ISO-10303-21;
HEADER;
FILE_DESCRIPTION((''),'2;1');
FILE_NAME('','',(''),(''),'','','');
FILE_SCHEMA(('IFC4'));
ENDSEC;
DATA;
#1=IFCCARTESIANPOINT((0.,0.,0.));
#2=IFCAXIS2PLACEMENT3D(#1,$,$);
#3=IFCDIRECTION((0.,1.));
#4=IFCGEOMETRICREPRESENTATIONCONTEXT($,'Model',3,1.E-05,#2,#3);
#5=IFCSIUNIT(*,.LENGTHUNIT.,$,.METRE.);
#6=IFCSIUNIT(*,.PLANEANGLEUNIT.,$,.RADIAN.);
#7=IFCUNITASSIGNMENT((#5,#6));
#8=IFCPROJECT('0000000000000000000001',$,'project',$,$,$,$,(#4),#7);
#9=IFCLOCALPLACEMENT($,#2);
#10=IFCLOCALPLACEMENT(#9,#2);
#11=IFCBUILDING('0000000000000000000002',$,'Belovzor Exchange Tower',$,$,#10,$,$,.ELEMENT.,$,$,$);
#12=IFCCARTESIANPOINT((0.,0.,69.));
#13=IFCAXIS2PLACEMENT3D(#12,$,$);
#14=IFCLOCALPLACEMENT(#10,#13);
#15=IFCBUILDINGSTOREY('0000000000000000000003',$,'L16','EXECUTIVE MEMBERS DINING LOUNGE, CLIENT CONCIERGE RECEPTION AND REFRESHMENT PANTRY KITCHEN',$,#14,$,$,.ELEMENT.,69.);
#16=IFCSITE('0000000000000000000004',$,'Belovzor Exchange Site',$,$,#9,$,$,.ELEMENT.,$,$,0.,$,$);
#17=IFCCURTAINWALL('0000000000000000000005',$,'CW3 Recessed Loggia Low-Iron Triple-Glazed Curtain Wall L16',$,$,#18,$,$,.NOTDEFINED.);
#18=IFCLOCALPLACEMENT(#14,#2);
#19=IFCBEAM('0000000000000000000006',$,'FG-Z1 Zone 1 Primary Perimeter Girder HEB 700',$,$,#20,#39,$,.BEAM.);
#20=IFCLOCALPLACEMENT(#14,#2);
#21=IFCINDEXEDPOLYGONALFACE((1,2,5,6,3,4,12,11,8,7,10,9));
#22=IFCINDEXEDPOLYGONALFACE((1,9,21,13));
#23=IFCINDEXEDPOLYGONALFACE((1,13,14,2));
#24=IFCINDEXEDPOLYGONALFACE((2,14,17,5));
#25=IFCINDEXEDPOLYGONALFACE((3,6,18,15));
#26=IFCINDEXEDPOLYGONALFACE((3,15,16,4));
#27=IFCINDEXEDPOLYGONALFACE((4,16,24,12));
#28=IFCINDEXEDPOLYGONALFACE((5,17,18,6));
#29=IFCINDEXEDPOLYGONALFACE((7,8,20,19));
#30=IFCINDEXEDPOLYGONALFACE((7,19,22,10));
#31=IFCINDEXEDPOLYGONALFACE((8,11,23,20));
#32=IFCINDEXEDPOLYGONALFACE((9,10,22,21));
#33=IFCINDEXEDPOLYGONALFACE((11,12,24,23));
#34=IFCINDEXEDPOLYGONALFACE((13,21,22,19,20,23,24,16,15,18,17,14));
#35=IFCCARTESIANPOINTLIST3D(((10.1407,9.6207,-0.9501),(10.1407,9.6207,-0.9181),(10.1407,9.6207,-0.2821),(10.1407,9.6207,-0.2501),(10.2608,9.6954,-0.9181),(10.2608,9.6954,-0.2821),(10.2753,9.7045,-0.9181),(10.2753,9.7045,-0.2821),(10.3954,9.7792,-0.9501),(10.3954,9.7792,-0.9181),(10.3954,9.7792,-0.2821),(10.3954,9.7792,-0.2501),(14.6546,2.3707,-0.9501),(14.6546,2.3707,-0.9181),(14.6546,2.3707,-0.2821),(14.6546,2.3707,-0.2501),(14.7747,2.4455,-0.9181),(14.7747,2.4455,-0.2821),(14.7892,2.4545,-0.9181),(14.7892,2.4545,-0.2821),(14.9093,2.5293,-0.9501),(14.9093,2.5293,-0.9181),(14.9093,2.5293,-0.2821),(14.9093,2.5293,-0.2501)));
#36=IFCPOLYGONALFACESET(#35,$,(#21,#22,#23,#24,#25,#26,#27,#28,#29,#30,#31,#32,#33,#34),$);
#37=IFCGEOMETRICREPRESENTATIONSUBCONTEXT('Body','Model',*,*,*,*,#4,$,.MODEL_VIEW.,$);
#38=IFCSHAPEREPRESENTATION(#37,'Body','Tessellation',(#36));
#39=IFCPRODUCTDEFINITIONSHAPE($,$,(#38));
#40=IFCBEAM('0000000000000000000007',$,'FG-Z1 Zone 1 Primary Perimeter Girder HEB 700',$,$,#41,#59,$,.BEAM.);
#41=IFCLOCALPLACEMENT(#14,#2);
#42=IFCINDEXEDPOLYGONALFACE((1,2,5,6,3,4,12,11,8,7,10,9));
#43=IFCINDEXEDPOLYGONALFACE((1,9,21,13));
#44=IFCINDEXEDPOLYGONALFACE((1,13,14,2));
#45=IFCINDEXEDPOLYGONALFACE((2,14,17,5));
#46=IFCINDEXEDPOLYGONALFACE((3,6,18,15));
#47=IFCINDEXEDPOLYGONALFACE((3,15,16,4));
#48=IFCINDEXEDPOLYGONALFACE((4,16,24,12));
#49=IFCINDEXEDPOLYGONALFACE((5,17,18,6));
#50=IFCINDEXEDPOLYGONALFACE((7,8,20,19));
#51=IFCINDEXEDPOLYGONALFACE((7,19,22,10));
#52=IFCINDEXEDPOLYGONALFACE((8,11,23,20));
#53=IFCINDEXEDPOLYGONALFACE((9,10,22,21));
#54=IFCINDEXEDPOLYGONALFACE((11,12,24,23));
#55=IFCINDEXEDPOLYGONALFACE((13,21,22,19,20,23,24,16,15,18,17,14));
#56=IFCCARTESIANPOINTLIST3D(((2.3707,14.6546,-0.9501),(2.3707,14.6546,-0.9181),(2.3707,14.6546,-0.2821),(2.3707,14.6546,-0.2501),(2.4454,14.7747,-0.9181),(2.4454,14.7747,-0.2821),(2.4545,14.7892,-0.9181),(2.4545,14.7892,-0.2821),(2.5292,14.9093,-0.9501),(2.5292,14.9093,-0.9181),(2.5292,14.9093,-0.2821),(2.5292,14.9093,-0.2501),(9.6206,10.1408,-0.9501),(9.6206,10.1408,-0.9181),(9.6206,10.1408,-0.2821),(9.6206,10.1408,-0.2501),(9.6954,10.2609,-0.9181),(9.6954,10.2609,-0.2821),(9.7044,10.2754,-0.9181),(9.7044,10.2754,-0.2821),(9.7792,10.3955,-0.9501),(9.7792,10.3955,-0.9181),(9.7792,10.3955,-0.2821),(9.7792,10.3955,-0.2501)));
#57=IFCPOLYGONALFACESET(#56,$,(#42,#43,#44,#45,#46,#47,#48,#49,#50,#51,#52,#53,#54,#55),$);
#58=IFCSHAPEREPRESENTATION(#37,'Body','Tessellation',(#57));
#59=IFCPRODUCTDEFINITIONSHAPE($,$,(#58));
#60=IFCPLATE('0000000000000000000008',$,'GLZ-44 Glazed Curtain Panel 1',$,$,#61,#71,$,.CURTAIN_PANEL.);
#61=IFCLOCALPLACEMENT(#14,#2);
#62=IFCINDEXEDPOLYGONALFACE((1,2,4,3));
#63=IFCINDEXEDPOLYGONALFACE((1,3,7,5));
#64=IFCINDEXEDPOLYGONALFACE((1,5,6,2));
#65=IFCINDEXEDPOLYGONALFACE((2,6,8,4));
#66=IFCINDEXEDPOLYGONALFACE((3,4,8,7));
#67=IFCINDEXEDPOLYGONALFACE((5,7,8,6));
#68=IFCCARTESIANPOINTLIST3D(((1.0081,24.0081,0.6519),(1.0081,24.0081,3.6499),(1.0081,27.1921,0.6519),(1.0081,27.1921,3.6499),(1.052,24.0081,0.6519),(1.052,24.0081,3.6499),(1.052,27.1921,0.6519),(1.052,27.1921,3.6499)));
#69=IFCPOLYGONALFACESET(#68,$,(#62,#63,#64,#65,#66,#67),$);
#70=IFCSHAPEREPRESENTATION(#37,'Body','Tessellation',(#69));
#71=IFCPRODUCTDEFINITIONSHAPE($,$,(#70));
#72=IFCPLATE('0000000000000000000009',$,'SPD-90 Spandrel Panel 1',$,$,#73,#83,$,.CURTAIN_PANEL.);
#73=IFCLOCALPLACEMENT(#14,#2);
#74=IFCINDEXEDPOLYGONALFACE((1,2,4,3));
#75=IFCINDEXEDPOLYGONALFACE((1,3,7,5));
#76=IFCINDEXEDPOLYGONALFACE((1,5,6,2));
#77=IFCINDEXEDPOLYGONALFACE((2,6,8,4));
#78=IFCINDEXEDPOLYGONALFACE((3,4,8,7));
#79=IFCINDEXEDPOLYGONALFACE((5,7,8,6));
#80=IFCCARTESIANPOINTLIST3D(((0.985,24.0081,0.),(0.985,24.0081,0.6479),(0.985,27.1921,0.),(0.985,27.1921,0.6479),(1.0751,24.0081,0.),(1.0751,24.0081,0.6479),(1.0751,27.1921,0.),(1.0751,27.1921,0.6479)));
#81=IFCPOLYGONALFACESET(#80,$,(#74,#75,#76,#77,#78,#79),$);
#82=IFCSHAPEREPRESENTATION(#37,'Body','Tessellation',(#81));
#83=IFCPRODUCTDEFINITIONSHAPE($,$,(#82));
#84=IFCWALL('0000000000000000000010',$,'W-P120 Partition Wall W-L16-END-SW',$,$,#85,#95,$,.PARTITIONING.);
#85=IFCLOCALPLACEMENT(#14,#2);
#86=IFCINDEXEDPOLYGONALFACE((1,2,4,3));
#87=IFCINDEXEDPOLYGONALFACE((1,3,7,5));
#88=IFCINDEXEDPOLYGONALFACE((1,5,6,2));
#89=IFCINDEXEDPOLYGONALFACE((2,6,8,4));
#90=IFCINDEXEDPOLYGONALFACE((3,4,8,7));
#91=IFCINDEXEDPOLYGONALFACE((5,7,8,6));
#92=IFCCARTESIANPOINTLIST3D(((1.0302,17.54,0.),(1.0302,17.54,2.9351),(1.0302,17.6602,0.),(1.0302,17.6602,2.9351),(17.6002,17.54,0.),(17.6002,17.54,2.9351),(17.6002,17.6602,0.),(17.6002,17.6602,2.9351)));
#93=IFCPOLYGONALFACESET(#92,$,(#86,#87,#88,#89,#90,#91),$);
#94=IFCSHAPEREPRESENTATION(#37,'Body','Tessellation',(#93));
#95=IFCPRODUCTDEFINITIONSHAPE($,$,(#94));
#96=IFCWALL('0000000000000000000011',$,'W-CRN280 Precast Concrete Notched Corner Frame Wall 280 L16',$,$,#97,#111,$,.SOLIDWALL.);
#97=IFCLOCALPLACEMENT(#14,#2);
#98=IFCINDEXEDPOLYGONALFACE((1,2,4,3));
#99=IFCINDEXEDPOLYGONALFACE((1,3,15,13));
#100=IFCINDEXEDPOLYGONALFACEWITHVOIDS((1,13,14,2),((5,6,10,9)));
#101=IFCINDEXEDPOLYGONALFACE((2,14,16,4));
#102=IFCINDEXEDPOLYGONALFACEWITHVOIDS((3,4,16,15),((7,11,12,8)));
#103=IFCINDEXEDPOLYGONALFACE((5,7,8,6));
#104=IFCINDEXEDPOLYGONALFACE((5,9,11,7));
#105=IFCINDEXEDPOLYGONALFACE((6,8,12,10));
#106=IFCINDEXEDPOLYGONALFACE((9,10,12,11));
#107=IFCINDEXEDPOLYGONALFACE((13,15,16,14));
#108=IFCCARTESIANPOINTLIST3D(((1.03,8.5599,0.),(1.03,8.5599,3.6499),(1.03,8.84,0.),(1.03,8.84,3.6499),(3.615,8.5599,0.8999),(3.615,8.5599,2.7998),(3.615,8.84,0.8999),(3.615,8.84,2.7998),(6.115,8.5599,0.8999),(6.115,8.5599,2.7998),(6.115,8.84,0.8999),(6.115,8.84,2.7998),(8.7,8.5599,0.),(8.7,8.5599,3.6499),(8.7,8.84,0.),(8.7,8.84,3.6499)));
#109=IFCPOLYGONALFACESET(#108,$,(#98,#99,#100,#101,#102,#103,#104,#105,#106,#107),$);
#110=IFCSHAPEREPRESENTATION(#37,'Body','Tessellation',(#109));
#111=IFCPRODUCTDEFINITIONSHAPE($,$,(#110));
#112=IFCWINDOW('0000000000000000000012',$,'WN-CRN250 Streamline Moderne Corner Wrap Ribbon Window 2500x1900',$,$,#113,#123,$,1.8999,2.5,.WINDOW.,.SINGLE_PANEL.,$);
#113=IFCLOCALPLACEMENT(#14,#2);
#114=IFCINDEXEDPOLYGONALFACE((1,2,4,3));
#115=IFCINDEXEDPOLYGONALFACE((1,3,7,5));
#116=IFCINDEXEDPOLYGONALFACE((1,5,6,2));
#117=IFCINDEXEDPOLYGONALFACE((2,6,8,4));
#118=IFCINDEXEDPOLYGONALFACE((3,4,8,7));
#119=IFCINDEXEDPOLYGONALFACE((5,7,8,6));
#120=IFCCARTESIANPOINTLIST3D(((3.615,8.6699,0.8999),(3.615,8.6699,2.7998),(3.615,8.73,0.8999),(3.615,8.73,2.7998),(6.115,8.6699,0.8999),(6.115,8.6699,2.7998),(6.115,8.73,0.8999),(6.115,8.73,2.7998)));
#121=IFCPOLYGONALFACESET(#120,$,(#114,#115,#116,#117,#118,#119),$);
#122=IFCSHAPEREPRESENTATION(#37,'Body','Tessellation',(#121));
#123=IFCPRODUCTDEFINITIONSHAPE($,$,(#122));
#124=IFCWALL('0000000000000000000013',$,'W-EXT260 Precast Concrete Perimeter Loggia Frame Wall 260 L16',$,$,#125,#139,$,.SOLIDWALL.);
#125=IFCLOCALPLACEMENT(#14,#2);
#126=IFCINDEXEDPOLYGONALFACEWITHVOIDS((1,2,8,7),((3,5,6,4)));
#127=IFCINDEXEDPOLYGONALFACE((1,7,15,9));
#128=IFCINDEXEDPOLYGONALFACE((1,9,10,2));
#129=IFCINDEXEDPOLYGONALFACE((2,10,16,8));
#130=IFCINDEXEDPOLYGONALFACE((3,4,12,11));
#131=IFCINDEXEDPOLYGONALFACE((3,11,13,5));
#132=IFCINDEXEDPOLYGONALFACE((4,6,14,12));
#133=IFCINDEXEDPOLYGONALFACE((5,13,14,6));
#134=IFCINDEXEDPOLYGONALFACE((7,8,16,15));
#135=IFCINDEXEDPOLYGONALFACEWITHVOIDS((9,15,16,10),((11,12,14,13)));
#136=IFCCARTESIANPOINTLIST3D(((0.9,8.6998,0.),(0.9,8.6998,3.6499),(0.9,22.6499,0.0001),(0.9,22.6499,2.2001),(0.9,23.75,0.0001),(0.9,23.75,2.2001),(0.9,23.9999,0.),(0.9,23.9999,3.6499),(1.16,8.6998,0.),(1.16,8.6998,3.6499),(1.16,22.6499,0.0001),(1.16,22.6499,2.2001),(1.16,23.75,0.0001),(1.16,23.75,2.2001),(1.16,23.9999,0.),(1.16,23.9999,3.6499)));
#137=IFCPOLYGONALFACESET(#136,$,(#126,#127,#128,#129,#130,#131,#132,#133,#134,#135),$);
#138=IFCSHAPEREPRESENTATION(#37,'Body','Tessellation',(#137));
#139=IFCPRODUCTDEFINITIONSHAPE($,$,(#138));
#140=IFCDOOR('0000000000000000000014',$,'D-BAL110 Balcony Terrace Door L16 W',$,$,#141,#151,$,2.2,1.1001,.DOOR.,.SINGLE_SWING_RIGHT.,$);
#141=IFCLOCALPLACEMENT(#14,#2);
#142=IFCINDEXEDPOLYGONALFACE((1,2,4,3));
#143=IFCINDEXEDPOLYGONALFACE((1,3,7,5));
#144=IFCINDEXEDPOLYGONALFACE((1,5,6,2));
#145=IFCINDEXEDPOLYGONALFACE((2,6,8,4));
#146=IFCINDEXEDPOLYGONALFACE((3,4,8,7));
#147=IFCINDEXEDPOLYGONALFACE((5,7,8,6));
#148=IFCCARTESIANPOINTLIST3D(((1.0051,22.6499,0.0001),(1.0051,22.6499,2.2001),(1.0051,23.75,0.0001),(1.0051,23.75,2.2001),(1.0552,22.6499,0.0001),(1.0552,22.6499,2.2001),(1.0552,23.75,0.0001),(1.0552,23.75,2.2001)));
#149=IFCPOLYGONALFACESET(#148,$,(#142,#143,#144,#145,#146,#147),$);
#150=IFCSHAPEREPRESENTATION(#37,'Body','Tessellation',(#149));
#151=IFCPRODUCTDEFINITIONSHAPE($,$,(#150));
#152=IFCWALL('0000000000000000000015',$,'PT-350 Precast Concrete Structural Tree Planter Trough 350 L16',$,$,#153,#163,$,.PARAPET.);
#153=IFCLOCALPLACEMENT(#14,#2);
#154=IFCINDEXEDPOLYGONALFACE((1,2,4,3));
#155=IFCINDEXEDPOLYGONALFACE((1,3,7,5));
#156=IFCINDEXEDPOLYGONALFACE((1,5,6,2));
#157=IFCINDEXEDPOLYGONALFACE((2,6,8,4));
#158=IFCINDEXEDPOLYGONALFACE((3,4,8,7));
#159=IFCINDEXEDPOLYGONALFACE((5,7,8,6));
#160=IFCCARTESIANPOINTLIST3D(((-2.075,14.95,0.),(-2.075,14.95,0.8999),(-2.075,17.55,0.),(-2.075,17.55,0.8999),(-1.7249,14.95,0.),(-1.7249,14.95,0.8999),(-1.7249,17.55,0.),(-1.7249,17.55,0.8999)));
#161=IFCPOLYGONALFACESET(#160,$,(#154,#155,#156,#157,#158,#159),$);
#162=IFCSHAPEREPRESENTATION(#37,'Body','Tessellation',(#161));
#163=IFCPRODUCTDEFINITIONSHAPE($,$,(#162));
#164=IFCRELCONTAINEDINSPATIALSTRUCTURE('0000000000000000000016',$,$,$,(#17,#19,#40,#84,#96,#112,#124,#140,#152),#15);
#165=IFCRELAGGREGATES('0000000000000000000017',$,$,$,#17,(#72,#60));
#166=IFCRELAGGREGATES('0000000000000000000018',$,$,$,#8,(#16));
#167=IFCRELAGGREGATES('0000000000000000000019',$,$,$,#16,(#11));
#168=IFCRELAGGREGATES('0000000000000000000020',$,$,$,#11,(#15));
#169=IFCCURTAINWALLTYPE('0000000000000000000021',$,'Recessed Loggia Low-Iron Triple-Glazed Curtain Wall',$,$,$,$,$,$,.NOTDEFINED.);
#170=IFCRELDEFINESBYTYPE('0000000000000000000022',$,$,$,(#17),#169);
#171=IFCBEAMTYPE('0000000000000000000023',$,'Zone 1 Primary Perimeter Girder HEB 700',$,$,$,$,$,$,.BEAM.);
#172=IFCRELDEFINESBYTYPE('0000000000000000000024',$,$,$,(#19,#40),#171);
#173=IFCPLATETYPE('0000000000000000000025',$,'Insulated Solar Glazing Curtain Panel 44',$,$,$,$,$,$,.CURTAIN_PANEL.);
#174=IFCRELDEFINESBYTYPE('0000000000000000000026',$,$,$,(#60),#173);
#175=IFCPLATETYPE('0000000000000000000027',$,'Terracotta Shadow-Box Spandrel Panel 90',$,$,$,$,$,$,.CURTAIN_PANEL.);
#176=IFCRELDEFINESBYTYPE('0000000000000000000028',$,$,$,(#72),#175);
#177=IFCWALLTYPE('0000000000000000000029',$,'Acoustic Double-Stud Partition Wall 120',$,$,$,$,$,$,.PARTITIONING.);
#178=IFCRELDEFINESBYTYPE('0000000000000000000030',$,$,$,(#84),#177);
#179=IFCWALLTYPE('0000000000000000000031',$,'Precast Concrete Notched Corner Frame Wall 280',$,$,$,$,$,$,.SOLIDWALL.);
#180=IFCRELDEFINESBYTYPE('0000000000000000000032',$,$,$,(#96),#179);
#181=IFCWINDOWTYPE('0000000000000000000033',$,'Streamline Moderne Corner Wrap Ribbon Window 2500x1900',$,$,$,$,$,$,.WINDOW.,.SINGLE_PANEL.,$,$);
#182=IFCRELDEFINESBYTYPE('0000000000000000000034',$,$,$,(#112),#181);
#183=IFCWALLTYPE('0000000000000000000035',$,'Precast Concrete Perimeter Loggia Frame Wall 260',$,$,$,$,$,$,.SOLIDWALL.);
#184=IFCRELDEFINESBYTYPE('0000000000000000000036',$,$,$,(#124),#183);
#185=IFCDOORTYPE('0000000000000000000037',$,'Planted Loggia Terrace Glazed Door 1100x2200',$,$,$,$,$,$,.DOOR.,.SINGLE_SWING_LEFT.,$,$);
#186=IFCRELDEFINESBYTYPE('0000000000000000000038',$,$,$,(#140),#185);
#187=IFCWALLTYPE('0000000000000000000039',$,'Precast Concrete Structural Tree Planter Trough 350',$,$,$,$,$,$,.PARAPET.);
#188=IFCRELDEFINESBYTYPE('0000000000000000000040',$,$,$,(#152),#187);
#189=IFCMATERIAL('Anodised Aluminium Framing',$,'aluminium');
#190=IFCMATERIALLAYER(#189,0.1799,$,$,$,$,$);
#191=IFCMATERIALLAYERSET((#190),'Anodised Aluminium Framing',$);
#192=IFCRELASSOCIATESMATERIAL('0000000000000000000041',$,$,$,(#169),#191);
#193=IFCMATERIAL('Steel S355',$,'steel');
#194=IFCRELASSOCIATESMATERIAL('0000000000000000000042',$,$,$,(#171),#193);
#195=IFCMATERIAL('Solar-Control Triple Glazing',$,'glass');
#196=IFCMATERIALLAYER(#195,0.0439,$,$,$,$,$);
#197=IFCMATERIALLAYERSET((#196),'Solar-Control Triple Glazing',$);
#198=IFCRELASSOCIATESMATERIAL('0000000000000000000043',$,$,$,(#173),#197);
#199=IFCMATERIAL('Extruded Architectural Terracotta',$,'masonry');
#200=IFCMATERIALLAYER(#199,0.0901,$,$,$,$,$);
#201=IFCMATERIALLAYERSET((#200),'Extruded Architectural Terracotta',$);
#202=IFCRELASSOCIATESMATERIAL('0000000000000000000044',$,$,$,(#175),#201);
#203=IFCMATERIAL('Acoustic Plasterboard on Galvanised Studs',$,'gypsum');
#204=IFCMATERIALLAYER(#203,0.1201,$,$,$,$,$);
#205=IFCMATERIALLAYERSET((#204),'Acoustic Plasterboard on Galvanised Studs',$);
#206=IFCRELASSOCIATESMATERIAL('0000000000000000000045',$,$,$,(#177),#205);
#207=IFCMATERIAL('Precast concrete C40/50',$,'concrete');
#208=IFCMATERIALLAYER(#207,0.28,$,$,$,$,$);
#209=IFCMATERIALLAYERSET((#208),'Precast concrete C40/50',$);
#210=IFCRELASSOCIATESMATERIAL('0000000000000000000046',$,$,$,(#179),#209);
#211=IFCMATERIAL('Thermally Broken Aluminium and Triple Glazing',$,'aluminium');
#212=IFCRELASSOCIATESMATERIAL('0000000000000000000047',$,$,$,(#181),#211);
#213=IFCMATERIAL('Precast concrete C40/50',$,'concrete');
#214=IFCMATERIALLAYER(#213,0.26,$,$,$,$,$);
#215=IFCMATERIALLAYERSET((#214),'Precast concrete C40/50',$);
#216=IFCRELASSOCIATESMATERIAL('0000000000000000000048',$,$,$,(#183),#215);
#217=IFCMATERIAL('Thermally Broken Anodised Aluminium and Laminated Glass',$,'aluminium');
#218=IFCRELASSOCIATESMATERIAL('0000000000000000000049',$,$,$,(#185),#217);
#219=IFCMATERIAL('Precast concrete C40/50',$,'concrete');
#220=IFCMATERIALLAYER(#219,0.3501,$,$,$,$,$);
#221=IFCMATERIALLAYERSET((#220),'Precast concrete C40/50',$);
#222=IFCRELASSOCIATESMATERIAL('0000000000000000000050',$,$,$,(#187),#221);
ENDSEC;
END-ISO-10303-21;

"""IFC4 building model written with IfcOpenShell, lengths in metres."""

from ifc_helpers import new_model, si_unit, direction, frame, frame_2d, origin, origin_2d, place, context, subcontext, project, spatial, rectangle, i_section, extrude, material, layer, layer_set, material_profile, profile_set, type_object, element, fill, aggregate, save


model = new_model("IFC4")

# Units and contexts
model_context = context("Model", 3, precision=1e-05, world=origin(), true_north=direction((0.0, 1.0)))
body_context = subcontext(model_context, "Body", "Model", "MODEL_VIEW")
ifc_project = project(units=[si_unit("LENGTHUNIT", "METRE"), si_unit("PLANEANGLEUNIT", "RADIAN")], contexts=[model_context])

# Site, building, storey
site_placement = place(None, origin())
site = spatial("IfcSite", under=ifc_project, at=site_placement, Name="Belovzor Exchange Site", CompositionType="ELEMENT", RefElevation=0.0)
building_placement = place(site_placement, origin())
building = spatial("IfcBuilding", under=site, at=building_placement, Name="Belovzor Exchange Tower", CompositionType="ELEMENT")
storey_placement = place(building_placement, frame((0.0, 0.0, 69.0)))
storey = spatial("IfcBuildingStorey", under=building, at=storey_placement, Name="L16", Description="EXECUTIVE MEMBERS DINING LOUNGE, CLIENT CONCIERGE RECEPTION AND REFRESHMENT PANTRY KITCHEN", CompositionType="ELEMENT", Elevation=69.0)

# Curtain wall
ifc_material_1 = material(Name="Anodised Aluminium Framing", Category="aluminium")
ifc_layer_1 = layer(ifc_material_1, 0.1799)
ifc_layer_set_1 = layer_set([ifc_layer_1], Name="Anodised Aluminium Framing")
curtain_wall_type = type_object("IfcCurtainWallType", Name="Recessed Loggia Low-Iron Triple-Glazed Curtain Wall", PredefinedType="NOTDEFINED", material=ifc_layer_set_1)
curtain_wall_placement = place(storey_placement, origin())
curtain_wall = element("IfcCurtainWall", 1, at=curtain_wall_placement, inside=storey, type_object=curtain_wall_type, Name="CW3 Recessed Loggia Low-Iron Triple-Glazed Curtain Wall L16", PredefinedType="NOTDEFINED")

# Beams
ifc_material_2 = material(Name="Steel S355", Category="steel")
ifc_material_profile_1 = material_profile(ifc_material_2, i_section(OverallWidth=0.3, OverallDepth=0.7, WebThickness=0.0171, FlangeThickness=0.032, at=origin_2d()))
ifc_profile_set_1 = profile_set([ifc_material_profile_1], Name="Steel S355")
beam_type_1 = type_object("IfcBeamType", Name="Zone 1 Primary Perimeter Girder HEB 700", PredefinedType="BEAM", material=ifc_profile_set_1)
for number, where, z_axis, x_axis, name in (
    (2, (10.2681, 9.7, -0.6001), (0.528539, -0.848909, 0.0), (0.848909, 0.528539, 0.0), "FG-Z1 Zone 1 Primary Perimeter Girder HEB 700"),
    (3, (2.45, 14.782, -0.6001), (0.848909, -0.528539, 0.0), (0.528539, 0.848909, 0.0), "FG-Z1 Zone 1 Primary Perimeter Girder HEB 700"),
):
    element("IfcBeam", number, at=place(storey_placement, frame(where, z_axis=z_axis, x_axis=x_axis)), inside=storey, type_object=beam_type_1, Name=name, PredefinedType="BEAM", context=body_context, shape_type="SweptSolid", body=[
        extrude(i_section(OverallWidth=0.3, OverallDepth=0.7, WebThickness=0.0171, FlangeThickness=0.032, at=origin_2d()), origin(), (0.0, 0.0, 1.0), 8.5403),
    ])

# Plates
ifc_material_3 = material(Name="Solar-Control Triple Glazing", Category="glass")
ifc_layer_2 = layer(ifc_material_3, 0.0439)
ifc_layer_set_2 = layer_set([ifc_layer_2], Name="Solar-Control Triple Glazing")
plate_type_1 = type_object("IfcPlateType", Name="Insulated Solar Glazing Curtain Panel 44", PredefinedType="CURTAIN_PANEL", material=ifc_layer_set_2)
plate_1_placement = place(storey_placement, frame((1.03, 25.6001, 0.6519), z_axis=(0.0, 0.0, 1.0), x_axis=(0.0, 1.0, 0.0)))
plate_1 = element("IfcPlate", 4, at=plate_1_placement, type_object=plate_type_1, Name="GLZ-44 Glazed Curtain Panel 1", PredefinedType="CURTAIN_PANEL", context=body_context, shape_type="SweptSolid", body=[
    extrude(rectangle(XDim=3.1841, YDim=0.0439, at=origin_2d()), origin(), (0.0, 0.0, 1.0), 2.998),
])
ifc_material_4 = material(Name="Extruded Architectural Terracotta", Category="masonry")
ifc_layer_3 = layer(ifc_material_4, 0.0901)
ifc_layer_set_3 = layer_set([ifc_layer_3], Name="Extruded Architectural Terracotta")
plate_type_2 = type_object("IfcPlateType", Name="Terracotta Shadow-Box Spandrel Panel 90", PredefinedType="CURTAIN_PANEL", material=ifc_layer_set_3)
plate_2_placement = place(storey_placement, frame((1.03, 25.6001, 0.0), z_axis=(0.0, 0.0, 1.0), x_axis=(0.0, 1.0, 0.0)))
plate_2 = element("IfcPlate", 5, at=plate_2_placement, type_object=plate_type_2, Name="SPD-90 Spandrel Panel 1", PredefinedType="CURTAIN_PANEL", context=body_context, shape_type="SweptSolid", body=[
    extrude(rectangle(XDim=3.1841, YDim=0.0901, at=origin_2d()), origin(), (0.0, 0.0, 1.0), 0.6479),
])
aggregate(curtain_wall, [plate_2, plate_1])

# Wall
ifc_material_5 = material(Name="Acoustic Plasterboard on Galvanised Studs", Category="gypsum")
ifc_layer_4 = layer(ifc_material_5, 0.1201)
ifc_layer_set_4 = layer_set([ifc_layer_4], Name="Acoustic Plasterboard on Galvanised Studs")
wall_type_1 = type_object("IfcWallType", Name="Acoustic Double-Stud Partition Wall 120", PredefinedType="PARTITIONING", material=ifc_layer_set_4)
wall_1_placement = place(storey_placement, frame((1.03, 17.6001, 0.0), z_axis=(0.0, 0.0, 1.0), x_axis=(1.0, 0.0, 0.0)))
element("IfcWall", 6, at=wall_1_placement, inside=storey, type_object=wall_type_1, Name="W-P120 Partition Wall W-L16-END-SW", PredefinedType="PARTITIONING", context=body_context, shape_type="SweptSolid", body=[
    extrude(rectangle(XDim=16.5701, YDim=0.1201, at=frame_2d((8.2852, 0.0))), origin(), (0.0, 0.0, 1.0), 2.9351),
])

# Wall, opening, window
ifc_material_6 = material(Name="Precast concrete C40/50", Category="concrete")
ifc_layer_5 = layer(ifc_material_6, 0.28)
ifc_layer_set_5 = layer_set([ifc_layer_5], Name="Precast concrete C40/50")
wall_type_2 = type_object("IfcWallType", Name="Precast Concrete Notched Corner Frame Wall 280", PredefinedType="SOLIDWALL", material=ifc_layer_set_5)
wall_2_placement = place(storey_placement, frame((8.7, 8.7, 0.0), z_axis=(0.0, 0.0, 1.0), x_axis=(-1.0, 0.0, 0.0)))
wall_2 = element("IfcWall", 7, at=wall_2_placement, inside=storey, type_object=wall_type_2, Name="W-CRN280 Precast Concrete Notched Corner Frame Wall 280 L16", PredefinedType="SOLIDWALL", context=body_context, shape_type="SweptSolid", body=[
    extrude(rectangle(XDim=7.6699, YDim=0.28, at=frame_2d((3.835, 0.0))), origin(), (0.0, 0.0, 1.0), 3.6499),
])
opening_1_placement = place(wall_2_placement, frame((2.585, 0.0, 0.8999)))
opening_1 = element("IfcOpeningElement", 8, at=opening_1_placement, cuts=wall_2, PredefinedType="OPENING", context=body_context, shape_type="SweptSolid", body=[
    extrude(rectangle(XDim=2.5, YDim=1.8999, at=frame_2d((1.25, 0.95))), frame((0.0, 0.1499, 0.0), z_axis=(0.0, -1.0, 0.0), x_axis=(1.0, 0.0, 0.0)), (0.0, 0.0, 1.0), 0.3),
])
ifc_material_7 = material(Name="Thermally Broken Aluminium and Triple Glazing", Category="aluminium")
window_type = type_object("IfcWindowType", Name="Streamline Moderne Corner Wrap Ribbon Window 2500x1900", PartitioningType="SINGLE_PANEL", PredefinedType="WINDOW", material=ifc_material_7)
window_placement = place(opening_1_placement, origin())
window = element("IfcWindow", 9, at=window_placement, inside=storey, type_object=window_type, Name="WN-CRN250 Streamline Moderne Corner Wrap Ribbon Window 2500x1900", OverallHeight=1.8999, OverallWidth=2.5, PartitioningType="SINGLE_PANEL", PredefinedType="WINDOW", context=body_context, shape_type="SweptSolid", body=[
    extrude(rectangle(XDim=2.5, YDim=1.8999, at=frame_2d((1.25, 0.95))), frame((0.0, 0.03, 0.0), z_axis=(0.0, -1.0, 0.0), x_axis=(1.0, 0.0, 0.0)), (0.0, 0.0, 1.0), 0.0601),
])
fill(opening_1, window)

# Wall, opening, door
ifc_material_8 = material(Name="Precast concrete C40/50", Category="concrete")
ifc_layer_6 = layer(ifc_material_8, 0.26)
ifc_layer_set_6 = layer_set([ifc_layer_6], Name="Precast concrete C40/50")
wall_type_3 = type_object("IfcWallType", Name="Precast Concrete Perimeter Loggia Frame Wall 260", PredefinedType="SOLIDWALL", material=ifc_layer_set_6)
wall_3_placement = place(storey_placement, frame((1.03, 8.7, 0.0), z_axis=(0.0, 0.0, 1.0), x_axis=(0.0, 1.0, 0.0)))
wall_3 = element("IfcWall", 10, at=wall_3_placement, inside=storey, type_object=wall_type_3, Name="W-EXT260 Precast Concrete Perimeter Loggia Frame Wall 260 L16", PredefinedType="SOLIDWALL", context=body_context, shape_type="SweptSolid", body=[
    extrude(rectangle(XDim=15.3, YDim=0.26, at=frame_2d((7.6499, 0.0))), origin(), (0.0, 0.0, 1.0), 3.6499),
])
opening_2_placement = place(wall_3_placement, frame((13.95, 0.0, 0.0)))
opening_2 = element("IfcOpeningElement", 11, at=opening_2_placement, cuts=wall_3, PredefinedType="OPENING", context=body_context, shape_type="SweptSolid", body=[
    extrude(rectangle(XDim=1.1001, YDim=2.2, at=frame_2d((0.55, 1.1001))), frame((0.0, 0.1399, 0.0), z_axis=(0.0, -1.0, 0.0), x_axis=(1.0, 0.0, 0.0)), (0.0, 0.0, 1.0), 0.28),
])
ifc_material_9 = material(Name="Thermally Broken Anodised Aluminium and Laminated Glass", Category="aluminium")
door_type = type_object("IfcDoorType", Name="Planted Loggia Terrace Glazed Door 1100x2200", OperationType="SINGLE_SWING_LEFT", PredefinedType="DOOR", material=ifc_material_9)
door_placement = place(opening_2_placement, origin())
door = element("IfcDoor", 12, at=door_placement, inside=storey, type_object=door_type, Name="D-BAL110 Balcony Terrace Door L16 W", OperationType="SINGLE_SWING_RIGHT", OverallHeight=2.2, OverallWidth=1.1001, PredefinedType="DOOR", context=body_context, shape_type="SweptSolid", body=[
    extrude(rectangle(XDim=1.1001, YDim=2.2, at=frame_2d((0.55, 1.1001))), frame((0.0, 0.0249, 0.0), z_axis=(0.0, -1.0, 0.0), x_axis=(1.0, 0.0, 0.0)), (0.0, 0.0, 1.0), 0.05),
])
fill(opening_2, door)

# Wall
ifc_material_10 = material(Name="Precast concrete C40/50", Category="concrete")
ifc_layer_7 = layer(ifc_material_10, 0.3501)
ifc_layer_set_7 = layer_set([ifc_layer_7], Name="Precast concrete C40/50")
wall_type_4 = type_object("IfcWallType", Name="Precast Concrete Structural Tree Planter Trough 350", PredefinedType="PARAPET", material=ifc_layer_set_7)
wall_4_placement = place(storey_placement, frame((-1.8999, 14.95, 0.0), z_axis=(0.0, 0.0, 1.0), x_axis=(0.0, 1.0, 0.0)))
element("IfcWall", 13, at=wall_4_placement, inside=storey, type_object=wall_type_4, Name="PT-350 Precast Concrete Structural Tree Planter Trough 350 L16", PredefinedType="PARAPET", context=body_context, shape_type="SweptSolid", body=[
    extrude(rectangle(XDim=2.6001, YDim=0.3501, at=frame_2d((1.3, 0.0))), origin(), (0.0, 0.0, 1.0), 0.8999),
])

save(model, "model.ifc")
